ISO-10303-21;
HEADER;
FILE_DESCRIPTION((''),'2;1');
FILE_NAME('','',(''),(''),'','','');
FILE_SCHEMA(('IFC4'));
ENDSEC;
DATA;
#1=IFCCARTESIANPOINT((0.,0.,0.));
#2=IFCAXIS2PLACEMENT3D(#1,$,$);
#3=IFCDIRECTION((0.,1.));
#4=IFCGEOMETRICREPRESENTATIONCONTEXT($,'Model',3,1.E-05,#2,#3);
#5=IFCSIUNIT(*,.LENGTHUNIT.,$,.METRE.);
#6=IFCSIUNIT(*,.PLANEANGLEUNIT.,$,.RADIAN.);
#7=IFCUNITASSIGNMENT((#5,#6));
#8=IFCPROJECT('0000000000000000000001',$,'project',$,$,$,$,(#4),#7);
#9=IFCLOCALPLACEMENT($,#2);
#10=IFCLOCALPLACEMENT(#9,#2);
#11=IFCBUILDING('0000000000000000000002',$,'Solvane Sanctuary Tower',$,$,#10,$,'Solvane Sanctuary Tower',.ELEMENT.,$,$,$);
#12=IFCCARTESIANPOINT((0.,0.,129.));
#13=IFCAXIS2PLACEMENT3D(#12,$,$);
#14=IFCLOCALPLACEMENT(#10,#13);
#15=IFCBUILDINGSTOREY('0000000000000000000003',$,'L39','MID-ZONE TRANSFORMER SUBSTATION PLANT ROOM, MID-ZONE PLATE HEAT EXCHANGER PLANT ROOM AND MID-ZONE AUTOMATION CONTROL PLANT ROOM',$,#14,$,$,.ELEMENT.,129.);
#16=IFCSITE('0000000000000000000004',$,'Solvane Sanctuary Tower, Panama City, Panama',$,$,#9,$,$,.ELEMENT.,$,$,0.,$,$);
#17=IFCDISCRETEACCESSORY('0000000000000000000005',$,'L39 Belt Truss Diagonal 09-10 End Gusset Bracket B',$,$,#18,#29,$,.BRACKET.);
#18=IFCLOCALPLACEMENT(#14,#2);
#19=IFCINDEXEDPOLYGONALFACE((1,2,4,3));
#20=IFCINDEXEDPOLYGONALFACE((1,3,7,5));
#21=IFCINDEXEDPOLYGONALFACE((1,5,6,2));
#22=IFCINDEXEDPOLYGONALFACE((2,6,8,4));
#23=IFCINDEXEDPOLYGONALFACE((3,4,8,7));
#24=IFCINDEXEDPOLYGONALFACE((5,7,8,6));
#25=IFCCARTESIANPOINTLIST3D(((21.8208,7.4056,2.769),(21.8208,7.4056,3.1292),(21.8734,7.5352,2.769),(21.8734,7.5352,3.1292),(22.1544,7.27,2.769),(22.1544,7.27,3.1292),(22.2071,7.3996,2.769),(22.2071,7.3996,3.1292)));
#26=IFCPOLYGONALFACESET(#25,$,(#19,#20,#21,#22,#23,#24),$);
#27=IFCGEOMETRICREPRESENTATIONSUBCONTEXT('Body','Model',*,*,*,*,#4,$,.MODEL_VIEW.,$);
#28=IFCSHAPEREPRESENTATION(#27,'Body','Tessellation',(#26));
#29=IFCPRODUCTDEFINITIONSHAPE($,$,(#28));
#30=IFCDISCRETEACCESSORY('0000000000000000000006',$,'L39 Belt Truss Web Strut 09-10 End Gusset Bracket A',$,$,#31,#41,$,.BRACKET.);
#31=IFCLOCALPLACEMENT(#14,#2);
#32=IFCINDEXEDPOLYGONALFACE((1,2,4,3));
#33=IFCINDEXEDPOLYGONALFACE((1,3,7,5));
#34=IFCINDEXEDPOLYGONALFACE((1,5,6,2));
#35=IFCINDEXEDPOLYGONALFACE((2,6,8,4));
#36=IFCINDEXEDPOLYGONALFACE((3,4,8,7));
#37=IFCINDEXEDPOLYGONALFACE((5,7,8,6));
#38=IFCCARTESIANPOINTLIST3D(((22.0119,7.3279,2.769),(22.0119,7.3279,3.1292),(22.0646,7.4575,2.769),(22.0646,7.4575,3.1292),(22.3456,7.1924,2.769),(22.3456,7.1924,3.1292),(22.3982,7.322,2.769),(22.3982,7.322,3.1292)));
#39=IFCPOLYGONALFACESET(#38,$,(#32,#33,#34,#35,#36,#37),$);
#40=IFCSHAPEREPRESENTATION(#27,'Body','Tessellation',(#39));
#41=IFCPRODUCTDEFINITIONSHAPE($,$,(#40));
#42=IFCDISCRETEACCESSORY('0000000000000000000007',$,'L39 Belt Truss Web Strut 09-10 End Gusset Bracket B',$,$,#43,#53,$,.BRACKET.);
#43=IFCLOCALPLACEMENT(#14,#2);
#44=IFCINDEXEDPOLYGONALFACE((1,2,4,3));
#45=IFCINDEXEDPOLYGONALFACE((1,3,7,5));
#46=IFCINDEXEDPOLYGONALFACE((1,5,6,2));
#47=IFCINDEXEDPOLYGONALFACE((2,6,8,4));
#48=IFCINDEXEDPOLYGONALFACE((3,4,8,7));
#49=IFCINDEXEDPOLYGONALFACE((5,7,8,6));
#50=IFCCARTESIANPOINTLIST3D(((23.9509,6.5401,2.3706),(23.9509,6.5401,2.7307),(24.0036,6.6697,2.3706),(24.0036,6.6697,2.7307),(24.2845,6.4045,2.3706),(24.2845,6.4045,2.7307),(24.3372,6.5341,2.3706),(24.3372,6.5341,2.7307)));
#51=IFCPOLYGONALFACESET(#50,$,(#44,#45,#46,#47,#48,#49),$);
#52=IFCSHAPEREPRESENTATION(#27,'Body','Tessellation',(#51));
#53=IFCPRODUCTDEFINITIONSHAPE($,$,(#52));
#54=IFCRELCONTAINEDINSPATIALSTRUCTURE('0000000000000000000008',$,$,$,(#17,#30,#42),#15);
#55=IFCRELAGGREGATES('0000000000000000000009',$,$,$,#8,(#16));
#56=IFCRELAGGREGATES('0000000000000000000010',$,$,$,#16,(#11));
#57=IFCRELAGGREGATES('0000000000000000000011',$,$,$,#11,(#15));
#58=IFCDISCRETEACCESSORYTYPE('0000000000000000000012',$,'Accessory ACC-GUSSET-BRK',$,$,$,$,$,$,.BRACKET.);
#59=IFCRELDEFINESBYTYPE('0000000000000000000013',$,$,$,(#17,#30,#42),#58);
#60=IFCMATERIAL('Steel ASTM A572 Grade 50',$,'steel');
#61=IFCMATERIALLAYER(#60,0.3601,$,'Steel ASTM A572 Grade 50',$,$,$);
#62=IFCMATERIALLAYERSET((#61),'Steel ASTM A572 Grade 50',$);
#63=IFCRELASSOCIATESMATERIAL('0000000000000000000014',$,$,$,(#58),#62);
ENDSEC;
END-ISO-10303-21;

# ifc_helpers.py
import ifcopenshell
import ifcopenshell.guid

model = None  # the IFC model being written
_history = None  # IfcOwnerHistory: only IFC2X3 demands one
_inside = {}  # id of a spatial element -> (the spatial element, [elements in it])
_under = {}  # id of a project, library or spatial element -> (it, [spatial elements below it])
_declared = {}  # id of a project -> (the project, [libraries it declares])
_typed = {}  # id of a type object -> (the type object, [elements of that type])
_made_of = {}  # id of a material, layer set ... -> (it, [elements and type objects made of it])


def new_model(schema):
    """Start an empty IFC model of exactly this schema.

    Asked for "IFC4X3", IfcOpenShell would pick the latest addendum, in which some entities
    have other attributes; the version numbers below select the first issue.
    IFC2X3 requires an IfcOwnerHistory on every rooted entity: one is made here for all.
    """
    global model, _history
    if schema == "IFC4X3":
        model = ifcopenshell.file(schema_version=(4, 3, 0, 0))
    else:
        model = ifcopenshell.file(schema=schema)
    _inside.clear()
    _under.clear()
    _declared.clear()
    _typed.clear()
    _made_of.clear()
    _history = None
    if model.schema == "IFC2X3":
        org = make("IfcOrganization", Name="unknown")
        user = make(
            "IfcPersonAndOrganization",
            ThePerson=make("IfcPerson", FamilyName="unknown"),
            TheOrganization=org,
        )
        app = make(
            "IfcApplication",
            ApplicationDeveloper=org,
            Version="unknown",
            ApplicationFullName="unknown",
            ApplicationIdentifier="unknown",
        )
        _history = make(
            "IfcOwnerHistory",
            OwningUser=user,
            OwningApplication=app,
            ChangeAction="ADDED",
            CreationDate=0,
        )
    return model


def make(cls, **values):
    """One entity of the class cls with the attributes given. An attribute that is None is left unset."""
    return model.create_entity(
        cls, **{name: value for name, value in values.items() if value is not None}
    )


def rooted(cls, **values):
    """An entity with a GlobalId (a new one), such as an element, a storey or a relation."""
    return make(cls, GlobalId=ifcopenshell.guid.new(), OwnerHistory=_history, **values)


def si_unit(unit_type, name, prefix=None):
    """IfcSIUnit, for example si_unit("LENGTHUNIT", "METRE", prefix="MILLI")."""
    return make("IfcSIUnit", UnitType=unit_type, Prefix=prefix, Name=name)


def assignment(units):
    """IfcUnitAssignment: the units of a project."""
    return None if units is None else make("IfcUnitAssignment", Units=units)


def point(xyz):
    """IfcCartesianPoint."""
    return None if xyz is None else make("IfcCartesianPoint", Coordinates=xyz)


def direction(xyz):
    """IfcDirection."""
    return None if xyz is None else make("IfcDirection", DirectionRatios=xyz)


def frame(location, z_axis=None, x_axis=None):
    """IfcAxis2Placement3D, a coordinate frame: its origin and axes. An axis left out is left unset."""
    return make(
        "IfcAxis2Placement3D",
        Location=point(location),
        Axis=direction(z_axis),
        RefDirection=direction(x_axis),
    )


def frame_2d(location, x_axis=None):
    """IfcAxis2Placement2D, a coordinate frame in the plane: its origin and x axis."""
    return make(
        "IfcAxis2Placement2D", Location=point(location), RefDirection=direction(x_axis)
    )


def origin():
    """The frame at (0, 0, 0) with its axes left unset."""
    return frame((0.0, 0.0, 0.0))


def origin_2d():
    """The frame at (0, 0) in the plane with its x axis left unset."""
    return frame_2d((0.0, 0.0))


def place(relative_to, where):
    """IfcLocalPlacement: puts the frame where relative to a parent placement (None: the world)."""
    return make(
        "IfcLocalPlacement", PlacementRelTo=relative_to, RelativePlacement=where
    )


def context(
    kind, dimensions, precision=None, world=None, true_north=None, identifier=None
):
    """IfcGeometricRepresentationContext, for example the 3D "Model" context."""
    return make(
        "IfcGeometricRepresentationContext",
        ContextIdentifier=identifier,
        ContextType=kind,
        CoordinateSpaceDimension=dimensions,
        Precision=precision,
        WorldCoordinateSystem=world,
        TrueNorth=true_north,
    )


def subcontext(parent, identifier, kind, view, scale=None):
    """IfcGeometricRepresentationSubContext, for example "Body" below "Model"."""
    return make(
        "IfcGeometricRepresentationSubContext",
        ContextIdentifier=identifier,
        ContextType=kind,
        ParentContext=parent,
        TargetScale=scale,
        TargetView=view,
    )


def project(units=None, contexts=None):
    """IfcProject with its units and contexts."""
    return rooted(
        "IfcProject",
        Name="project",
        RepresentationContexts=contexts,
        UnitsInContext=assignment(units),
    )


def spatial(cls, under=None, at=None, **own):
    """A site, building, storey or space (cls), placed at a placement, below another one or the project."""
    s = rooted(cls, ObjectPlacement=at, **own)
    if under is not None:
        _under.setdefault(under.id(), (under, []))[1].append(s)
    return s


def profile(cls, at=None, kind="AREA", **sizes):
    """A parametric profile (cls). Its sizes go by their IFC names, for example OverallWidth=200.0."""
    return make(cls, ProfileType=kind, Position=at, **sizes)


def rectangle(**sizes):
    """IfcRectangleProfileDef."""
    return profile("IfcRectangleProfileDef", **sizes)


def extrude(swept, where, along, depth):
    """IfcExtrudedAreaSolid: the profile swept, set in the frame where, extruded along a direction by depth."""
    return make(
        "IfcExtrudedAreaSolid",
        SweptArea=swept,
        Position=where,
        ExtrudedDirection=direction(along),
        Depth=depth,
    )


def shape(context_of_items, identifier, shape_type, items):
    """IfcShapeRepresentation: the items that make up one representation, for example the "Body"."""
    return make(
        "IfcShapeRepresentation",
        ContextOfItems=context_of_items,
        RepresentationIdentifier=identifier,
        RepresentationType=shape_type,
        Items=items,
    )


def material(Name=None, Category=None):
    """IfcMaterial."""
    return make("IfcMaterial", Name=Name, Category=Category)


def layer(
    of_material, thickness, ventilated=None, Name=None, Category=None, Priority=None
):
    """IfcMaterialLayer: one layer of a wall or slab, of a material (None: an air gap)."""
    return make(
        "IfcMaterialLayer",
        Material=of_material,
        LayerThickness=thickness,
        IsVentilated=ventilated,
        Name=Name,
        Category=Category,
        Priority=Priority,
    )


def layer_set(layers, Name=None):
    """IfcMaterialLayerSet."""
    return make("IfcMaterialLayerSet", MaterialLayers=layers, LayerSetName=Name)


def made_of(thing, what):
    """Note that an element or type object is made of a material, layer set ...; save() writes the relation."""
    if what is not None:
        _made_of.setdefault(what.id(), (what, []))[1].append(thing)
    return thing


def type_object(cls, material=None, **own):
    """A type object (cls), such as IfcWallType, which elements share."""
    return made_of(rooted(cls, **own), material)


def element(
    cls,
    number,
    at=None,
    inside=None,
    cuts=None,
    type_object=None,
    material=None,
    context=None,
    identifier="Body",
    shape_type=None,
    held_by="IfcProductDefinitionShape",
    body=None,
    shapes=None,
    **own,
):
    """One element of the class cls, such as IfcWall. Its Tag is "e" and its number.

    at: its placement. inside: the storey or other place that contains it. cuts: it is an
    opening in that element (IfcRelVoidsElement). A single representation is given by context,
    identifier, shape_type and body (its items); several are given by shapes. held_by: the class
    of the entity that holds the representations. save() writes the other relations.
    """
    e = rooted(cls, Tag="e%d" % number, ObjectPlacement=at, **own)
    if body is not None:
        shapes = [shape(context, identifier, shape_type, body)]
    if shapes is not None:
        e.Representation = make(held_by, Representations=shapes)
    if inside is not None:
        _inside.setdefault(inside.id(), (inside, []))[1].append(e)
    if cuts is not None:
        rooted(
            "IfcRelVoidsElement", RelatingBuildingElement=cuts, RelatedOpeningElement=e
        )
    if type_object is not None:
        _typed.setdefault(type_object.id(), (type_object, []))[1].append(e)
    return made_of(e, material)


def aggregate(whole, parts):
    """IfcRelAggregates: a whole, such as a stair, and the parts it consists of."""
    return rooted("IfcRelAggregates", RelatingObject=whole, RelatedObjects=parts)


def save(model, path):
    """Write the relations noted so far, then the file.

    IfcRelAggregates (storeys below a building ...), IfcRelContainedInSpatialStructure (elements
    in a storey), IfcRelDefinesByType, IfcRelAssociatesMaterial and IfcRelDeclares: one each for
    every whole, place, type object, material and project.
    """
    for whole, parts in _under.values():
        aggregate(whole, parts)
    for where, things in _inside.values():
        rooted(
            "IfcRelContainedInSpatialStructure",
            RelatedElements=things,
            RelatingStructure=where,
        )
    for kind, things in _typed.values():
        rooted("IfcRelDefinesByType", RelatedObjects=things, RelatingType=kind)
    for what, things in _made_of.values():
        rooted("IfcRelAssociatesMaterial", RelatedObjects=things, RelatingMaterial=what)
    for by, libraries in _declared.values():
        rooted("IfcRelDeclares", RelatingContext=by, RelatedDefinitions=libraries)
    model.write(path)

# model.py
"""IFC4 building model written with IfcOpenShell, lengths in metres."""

from ifc_helpers import new_model, si_unit, direction, frame, origin, origin_2d, place, context, subcontext, project, spatial, rectangle, extrude, material, layer, layer_set, type_object, element, save


model = new_model("IFC4")

# Units and contexts
model_context = context("Model", 3, precision=1e-05, world=origin(), true_north=direction((0.0, 1.0)))
body_context = subcontext(model_context, "Body", "Model", "MODEL_VIEW")
ifc_project = project(units=[si_unit("LENGTHUNIT", "METRE"), si_unit("PLANEANGLEUNIT", "RADIAN")], contexts=[model_context])

# Site, building, storey
site_placement = place(None, origin())
site = spatial("IfcSite", under=ifc_project, at=site_placement, Name="Solvane Sanctuary Tower, Panama City, Panama", CompositionType="ELEMENT", RefElevation=0.0)
building_placement = place(site_placement, origin())
building = spatial("IfcBuilding", under=site, at=building_placement, Name="Solvane Sanctuary Tower", LongName="Solvane Sanctuary Tower", CompositionType="ELEMENT")
storey_placement = place(building_placement, frame((0.0, 0.0, 129.0)))
storey = spatial("IfcBuildingStorey", under=building, at=storey_placement, Name="L39", Description="MID-ZONE TRANSFORMER SUBSTATION PLANT ROOM, MID-ZONE PLATE HEAT EXCHANGER PLANT ROOM AND MID-ZONE AUTOMATION CONTROL PLANT ROOM", CompositionType="ELEMENT", Elevation=129.0)

# Discrete accessories
ifc_material_1 = material(Name="Steel ASTM A572 Grade 50", Category="steel")
ifc_layer_1 = layer(ifc_material_1, 0.3601, Name="Steel ASTM A572 Grade 50")
ifc_layer_set_1 = layer_set([ifc_layer_1], Name="Steel ASTM A572 Grade 50")
discrete_accessory_type = type_object("IfcDiscreteAccessoryType", Name="Accessory ACC-GUSSET-BRK", PredefinedType="BRACKET", material=ifc_layer_set_1)
for number, where, z_axis, x_axis, name in (
    (1, (22.0139, 7.4026, 2.769), (0.0, 0.0, 1.0), (0.926463, -0.376386, 0.0), "L39 Belt Truss Diagonal 09-10 End Gusset Bracket B"),
    (2, (22.2051, 7.325, 2.769), (0.0, 0.0, 1.0), (0.926463, -0.376386, 0.0), "L39 Belt Truss Web Strut 09-10 End Gusset Bracket A"),
    (3, (24.144, 6.5371, 2.3706), (0.0, 0.0, 1.0), (0.926463, -0.376386, 0.0), "L39 Belt Truss Web Strut 09-10 End Gusset Bracket B"),
):
    element("IfcDiscreteAccessory", number, at=place(storey_placement, frame(where, z_axis=z_axis, x_axis=x_axis)), inside=storey, type_object=discrete_accessory_type, Name=name, PredefinedType="BRACKET", context=body_context, shape_type="SweptSolid", body=[
        extrude(rectangle(XDim=0.3601, YDim=0.1399, at=origin_2d()), origin(), (0.0, 0.0, 1.0), 0.3601),
    ])

save(model, "model.ifc")
